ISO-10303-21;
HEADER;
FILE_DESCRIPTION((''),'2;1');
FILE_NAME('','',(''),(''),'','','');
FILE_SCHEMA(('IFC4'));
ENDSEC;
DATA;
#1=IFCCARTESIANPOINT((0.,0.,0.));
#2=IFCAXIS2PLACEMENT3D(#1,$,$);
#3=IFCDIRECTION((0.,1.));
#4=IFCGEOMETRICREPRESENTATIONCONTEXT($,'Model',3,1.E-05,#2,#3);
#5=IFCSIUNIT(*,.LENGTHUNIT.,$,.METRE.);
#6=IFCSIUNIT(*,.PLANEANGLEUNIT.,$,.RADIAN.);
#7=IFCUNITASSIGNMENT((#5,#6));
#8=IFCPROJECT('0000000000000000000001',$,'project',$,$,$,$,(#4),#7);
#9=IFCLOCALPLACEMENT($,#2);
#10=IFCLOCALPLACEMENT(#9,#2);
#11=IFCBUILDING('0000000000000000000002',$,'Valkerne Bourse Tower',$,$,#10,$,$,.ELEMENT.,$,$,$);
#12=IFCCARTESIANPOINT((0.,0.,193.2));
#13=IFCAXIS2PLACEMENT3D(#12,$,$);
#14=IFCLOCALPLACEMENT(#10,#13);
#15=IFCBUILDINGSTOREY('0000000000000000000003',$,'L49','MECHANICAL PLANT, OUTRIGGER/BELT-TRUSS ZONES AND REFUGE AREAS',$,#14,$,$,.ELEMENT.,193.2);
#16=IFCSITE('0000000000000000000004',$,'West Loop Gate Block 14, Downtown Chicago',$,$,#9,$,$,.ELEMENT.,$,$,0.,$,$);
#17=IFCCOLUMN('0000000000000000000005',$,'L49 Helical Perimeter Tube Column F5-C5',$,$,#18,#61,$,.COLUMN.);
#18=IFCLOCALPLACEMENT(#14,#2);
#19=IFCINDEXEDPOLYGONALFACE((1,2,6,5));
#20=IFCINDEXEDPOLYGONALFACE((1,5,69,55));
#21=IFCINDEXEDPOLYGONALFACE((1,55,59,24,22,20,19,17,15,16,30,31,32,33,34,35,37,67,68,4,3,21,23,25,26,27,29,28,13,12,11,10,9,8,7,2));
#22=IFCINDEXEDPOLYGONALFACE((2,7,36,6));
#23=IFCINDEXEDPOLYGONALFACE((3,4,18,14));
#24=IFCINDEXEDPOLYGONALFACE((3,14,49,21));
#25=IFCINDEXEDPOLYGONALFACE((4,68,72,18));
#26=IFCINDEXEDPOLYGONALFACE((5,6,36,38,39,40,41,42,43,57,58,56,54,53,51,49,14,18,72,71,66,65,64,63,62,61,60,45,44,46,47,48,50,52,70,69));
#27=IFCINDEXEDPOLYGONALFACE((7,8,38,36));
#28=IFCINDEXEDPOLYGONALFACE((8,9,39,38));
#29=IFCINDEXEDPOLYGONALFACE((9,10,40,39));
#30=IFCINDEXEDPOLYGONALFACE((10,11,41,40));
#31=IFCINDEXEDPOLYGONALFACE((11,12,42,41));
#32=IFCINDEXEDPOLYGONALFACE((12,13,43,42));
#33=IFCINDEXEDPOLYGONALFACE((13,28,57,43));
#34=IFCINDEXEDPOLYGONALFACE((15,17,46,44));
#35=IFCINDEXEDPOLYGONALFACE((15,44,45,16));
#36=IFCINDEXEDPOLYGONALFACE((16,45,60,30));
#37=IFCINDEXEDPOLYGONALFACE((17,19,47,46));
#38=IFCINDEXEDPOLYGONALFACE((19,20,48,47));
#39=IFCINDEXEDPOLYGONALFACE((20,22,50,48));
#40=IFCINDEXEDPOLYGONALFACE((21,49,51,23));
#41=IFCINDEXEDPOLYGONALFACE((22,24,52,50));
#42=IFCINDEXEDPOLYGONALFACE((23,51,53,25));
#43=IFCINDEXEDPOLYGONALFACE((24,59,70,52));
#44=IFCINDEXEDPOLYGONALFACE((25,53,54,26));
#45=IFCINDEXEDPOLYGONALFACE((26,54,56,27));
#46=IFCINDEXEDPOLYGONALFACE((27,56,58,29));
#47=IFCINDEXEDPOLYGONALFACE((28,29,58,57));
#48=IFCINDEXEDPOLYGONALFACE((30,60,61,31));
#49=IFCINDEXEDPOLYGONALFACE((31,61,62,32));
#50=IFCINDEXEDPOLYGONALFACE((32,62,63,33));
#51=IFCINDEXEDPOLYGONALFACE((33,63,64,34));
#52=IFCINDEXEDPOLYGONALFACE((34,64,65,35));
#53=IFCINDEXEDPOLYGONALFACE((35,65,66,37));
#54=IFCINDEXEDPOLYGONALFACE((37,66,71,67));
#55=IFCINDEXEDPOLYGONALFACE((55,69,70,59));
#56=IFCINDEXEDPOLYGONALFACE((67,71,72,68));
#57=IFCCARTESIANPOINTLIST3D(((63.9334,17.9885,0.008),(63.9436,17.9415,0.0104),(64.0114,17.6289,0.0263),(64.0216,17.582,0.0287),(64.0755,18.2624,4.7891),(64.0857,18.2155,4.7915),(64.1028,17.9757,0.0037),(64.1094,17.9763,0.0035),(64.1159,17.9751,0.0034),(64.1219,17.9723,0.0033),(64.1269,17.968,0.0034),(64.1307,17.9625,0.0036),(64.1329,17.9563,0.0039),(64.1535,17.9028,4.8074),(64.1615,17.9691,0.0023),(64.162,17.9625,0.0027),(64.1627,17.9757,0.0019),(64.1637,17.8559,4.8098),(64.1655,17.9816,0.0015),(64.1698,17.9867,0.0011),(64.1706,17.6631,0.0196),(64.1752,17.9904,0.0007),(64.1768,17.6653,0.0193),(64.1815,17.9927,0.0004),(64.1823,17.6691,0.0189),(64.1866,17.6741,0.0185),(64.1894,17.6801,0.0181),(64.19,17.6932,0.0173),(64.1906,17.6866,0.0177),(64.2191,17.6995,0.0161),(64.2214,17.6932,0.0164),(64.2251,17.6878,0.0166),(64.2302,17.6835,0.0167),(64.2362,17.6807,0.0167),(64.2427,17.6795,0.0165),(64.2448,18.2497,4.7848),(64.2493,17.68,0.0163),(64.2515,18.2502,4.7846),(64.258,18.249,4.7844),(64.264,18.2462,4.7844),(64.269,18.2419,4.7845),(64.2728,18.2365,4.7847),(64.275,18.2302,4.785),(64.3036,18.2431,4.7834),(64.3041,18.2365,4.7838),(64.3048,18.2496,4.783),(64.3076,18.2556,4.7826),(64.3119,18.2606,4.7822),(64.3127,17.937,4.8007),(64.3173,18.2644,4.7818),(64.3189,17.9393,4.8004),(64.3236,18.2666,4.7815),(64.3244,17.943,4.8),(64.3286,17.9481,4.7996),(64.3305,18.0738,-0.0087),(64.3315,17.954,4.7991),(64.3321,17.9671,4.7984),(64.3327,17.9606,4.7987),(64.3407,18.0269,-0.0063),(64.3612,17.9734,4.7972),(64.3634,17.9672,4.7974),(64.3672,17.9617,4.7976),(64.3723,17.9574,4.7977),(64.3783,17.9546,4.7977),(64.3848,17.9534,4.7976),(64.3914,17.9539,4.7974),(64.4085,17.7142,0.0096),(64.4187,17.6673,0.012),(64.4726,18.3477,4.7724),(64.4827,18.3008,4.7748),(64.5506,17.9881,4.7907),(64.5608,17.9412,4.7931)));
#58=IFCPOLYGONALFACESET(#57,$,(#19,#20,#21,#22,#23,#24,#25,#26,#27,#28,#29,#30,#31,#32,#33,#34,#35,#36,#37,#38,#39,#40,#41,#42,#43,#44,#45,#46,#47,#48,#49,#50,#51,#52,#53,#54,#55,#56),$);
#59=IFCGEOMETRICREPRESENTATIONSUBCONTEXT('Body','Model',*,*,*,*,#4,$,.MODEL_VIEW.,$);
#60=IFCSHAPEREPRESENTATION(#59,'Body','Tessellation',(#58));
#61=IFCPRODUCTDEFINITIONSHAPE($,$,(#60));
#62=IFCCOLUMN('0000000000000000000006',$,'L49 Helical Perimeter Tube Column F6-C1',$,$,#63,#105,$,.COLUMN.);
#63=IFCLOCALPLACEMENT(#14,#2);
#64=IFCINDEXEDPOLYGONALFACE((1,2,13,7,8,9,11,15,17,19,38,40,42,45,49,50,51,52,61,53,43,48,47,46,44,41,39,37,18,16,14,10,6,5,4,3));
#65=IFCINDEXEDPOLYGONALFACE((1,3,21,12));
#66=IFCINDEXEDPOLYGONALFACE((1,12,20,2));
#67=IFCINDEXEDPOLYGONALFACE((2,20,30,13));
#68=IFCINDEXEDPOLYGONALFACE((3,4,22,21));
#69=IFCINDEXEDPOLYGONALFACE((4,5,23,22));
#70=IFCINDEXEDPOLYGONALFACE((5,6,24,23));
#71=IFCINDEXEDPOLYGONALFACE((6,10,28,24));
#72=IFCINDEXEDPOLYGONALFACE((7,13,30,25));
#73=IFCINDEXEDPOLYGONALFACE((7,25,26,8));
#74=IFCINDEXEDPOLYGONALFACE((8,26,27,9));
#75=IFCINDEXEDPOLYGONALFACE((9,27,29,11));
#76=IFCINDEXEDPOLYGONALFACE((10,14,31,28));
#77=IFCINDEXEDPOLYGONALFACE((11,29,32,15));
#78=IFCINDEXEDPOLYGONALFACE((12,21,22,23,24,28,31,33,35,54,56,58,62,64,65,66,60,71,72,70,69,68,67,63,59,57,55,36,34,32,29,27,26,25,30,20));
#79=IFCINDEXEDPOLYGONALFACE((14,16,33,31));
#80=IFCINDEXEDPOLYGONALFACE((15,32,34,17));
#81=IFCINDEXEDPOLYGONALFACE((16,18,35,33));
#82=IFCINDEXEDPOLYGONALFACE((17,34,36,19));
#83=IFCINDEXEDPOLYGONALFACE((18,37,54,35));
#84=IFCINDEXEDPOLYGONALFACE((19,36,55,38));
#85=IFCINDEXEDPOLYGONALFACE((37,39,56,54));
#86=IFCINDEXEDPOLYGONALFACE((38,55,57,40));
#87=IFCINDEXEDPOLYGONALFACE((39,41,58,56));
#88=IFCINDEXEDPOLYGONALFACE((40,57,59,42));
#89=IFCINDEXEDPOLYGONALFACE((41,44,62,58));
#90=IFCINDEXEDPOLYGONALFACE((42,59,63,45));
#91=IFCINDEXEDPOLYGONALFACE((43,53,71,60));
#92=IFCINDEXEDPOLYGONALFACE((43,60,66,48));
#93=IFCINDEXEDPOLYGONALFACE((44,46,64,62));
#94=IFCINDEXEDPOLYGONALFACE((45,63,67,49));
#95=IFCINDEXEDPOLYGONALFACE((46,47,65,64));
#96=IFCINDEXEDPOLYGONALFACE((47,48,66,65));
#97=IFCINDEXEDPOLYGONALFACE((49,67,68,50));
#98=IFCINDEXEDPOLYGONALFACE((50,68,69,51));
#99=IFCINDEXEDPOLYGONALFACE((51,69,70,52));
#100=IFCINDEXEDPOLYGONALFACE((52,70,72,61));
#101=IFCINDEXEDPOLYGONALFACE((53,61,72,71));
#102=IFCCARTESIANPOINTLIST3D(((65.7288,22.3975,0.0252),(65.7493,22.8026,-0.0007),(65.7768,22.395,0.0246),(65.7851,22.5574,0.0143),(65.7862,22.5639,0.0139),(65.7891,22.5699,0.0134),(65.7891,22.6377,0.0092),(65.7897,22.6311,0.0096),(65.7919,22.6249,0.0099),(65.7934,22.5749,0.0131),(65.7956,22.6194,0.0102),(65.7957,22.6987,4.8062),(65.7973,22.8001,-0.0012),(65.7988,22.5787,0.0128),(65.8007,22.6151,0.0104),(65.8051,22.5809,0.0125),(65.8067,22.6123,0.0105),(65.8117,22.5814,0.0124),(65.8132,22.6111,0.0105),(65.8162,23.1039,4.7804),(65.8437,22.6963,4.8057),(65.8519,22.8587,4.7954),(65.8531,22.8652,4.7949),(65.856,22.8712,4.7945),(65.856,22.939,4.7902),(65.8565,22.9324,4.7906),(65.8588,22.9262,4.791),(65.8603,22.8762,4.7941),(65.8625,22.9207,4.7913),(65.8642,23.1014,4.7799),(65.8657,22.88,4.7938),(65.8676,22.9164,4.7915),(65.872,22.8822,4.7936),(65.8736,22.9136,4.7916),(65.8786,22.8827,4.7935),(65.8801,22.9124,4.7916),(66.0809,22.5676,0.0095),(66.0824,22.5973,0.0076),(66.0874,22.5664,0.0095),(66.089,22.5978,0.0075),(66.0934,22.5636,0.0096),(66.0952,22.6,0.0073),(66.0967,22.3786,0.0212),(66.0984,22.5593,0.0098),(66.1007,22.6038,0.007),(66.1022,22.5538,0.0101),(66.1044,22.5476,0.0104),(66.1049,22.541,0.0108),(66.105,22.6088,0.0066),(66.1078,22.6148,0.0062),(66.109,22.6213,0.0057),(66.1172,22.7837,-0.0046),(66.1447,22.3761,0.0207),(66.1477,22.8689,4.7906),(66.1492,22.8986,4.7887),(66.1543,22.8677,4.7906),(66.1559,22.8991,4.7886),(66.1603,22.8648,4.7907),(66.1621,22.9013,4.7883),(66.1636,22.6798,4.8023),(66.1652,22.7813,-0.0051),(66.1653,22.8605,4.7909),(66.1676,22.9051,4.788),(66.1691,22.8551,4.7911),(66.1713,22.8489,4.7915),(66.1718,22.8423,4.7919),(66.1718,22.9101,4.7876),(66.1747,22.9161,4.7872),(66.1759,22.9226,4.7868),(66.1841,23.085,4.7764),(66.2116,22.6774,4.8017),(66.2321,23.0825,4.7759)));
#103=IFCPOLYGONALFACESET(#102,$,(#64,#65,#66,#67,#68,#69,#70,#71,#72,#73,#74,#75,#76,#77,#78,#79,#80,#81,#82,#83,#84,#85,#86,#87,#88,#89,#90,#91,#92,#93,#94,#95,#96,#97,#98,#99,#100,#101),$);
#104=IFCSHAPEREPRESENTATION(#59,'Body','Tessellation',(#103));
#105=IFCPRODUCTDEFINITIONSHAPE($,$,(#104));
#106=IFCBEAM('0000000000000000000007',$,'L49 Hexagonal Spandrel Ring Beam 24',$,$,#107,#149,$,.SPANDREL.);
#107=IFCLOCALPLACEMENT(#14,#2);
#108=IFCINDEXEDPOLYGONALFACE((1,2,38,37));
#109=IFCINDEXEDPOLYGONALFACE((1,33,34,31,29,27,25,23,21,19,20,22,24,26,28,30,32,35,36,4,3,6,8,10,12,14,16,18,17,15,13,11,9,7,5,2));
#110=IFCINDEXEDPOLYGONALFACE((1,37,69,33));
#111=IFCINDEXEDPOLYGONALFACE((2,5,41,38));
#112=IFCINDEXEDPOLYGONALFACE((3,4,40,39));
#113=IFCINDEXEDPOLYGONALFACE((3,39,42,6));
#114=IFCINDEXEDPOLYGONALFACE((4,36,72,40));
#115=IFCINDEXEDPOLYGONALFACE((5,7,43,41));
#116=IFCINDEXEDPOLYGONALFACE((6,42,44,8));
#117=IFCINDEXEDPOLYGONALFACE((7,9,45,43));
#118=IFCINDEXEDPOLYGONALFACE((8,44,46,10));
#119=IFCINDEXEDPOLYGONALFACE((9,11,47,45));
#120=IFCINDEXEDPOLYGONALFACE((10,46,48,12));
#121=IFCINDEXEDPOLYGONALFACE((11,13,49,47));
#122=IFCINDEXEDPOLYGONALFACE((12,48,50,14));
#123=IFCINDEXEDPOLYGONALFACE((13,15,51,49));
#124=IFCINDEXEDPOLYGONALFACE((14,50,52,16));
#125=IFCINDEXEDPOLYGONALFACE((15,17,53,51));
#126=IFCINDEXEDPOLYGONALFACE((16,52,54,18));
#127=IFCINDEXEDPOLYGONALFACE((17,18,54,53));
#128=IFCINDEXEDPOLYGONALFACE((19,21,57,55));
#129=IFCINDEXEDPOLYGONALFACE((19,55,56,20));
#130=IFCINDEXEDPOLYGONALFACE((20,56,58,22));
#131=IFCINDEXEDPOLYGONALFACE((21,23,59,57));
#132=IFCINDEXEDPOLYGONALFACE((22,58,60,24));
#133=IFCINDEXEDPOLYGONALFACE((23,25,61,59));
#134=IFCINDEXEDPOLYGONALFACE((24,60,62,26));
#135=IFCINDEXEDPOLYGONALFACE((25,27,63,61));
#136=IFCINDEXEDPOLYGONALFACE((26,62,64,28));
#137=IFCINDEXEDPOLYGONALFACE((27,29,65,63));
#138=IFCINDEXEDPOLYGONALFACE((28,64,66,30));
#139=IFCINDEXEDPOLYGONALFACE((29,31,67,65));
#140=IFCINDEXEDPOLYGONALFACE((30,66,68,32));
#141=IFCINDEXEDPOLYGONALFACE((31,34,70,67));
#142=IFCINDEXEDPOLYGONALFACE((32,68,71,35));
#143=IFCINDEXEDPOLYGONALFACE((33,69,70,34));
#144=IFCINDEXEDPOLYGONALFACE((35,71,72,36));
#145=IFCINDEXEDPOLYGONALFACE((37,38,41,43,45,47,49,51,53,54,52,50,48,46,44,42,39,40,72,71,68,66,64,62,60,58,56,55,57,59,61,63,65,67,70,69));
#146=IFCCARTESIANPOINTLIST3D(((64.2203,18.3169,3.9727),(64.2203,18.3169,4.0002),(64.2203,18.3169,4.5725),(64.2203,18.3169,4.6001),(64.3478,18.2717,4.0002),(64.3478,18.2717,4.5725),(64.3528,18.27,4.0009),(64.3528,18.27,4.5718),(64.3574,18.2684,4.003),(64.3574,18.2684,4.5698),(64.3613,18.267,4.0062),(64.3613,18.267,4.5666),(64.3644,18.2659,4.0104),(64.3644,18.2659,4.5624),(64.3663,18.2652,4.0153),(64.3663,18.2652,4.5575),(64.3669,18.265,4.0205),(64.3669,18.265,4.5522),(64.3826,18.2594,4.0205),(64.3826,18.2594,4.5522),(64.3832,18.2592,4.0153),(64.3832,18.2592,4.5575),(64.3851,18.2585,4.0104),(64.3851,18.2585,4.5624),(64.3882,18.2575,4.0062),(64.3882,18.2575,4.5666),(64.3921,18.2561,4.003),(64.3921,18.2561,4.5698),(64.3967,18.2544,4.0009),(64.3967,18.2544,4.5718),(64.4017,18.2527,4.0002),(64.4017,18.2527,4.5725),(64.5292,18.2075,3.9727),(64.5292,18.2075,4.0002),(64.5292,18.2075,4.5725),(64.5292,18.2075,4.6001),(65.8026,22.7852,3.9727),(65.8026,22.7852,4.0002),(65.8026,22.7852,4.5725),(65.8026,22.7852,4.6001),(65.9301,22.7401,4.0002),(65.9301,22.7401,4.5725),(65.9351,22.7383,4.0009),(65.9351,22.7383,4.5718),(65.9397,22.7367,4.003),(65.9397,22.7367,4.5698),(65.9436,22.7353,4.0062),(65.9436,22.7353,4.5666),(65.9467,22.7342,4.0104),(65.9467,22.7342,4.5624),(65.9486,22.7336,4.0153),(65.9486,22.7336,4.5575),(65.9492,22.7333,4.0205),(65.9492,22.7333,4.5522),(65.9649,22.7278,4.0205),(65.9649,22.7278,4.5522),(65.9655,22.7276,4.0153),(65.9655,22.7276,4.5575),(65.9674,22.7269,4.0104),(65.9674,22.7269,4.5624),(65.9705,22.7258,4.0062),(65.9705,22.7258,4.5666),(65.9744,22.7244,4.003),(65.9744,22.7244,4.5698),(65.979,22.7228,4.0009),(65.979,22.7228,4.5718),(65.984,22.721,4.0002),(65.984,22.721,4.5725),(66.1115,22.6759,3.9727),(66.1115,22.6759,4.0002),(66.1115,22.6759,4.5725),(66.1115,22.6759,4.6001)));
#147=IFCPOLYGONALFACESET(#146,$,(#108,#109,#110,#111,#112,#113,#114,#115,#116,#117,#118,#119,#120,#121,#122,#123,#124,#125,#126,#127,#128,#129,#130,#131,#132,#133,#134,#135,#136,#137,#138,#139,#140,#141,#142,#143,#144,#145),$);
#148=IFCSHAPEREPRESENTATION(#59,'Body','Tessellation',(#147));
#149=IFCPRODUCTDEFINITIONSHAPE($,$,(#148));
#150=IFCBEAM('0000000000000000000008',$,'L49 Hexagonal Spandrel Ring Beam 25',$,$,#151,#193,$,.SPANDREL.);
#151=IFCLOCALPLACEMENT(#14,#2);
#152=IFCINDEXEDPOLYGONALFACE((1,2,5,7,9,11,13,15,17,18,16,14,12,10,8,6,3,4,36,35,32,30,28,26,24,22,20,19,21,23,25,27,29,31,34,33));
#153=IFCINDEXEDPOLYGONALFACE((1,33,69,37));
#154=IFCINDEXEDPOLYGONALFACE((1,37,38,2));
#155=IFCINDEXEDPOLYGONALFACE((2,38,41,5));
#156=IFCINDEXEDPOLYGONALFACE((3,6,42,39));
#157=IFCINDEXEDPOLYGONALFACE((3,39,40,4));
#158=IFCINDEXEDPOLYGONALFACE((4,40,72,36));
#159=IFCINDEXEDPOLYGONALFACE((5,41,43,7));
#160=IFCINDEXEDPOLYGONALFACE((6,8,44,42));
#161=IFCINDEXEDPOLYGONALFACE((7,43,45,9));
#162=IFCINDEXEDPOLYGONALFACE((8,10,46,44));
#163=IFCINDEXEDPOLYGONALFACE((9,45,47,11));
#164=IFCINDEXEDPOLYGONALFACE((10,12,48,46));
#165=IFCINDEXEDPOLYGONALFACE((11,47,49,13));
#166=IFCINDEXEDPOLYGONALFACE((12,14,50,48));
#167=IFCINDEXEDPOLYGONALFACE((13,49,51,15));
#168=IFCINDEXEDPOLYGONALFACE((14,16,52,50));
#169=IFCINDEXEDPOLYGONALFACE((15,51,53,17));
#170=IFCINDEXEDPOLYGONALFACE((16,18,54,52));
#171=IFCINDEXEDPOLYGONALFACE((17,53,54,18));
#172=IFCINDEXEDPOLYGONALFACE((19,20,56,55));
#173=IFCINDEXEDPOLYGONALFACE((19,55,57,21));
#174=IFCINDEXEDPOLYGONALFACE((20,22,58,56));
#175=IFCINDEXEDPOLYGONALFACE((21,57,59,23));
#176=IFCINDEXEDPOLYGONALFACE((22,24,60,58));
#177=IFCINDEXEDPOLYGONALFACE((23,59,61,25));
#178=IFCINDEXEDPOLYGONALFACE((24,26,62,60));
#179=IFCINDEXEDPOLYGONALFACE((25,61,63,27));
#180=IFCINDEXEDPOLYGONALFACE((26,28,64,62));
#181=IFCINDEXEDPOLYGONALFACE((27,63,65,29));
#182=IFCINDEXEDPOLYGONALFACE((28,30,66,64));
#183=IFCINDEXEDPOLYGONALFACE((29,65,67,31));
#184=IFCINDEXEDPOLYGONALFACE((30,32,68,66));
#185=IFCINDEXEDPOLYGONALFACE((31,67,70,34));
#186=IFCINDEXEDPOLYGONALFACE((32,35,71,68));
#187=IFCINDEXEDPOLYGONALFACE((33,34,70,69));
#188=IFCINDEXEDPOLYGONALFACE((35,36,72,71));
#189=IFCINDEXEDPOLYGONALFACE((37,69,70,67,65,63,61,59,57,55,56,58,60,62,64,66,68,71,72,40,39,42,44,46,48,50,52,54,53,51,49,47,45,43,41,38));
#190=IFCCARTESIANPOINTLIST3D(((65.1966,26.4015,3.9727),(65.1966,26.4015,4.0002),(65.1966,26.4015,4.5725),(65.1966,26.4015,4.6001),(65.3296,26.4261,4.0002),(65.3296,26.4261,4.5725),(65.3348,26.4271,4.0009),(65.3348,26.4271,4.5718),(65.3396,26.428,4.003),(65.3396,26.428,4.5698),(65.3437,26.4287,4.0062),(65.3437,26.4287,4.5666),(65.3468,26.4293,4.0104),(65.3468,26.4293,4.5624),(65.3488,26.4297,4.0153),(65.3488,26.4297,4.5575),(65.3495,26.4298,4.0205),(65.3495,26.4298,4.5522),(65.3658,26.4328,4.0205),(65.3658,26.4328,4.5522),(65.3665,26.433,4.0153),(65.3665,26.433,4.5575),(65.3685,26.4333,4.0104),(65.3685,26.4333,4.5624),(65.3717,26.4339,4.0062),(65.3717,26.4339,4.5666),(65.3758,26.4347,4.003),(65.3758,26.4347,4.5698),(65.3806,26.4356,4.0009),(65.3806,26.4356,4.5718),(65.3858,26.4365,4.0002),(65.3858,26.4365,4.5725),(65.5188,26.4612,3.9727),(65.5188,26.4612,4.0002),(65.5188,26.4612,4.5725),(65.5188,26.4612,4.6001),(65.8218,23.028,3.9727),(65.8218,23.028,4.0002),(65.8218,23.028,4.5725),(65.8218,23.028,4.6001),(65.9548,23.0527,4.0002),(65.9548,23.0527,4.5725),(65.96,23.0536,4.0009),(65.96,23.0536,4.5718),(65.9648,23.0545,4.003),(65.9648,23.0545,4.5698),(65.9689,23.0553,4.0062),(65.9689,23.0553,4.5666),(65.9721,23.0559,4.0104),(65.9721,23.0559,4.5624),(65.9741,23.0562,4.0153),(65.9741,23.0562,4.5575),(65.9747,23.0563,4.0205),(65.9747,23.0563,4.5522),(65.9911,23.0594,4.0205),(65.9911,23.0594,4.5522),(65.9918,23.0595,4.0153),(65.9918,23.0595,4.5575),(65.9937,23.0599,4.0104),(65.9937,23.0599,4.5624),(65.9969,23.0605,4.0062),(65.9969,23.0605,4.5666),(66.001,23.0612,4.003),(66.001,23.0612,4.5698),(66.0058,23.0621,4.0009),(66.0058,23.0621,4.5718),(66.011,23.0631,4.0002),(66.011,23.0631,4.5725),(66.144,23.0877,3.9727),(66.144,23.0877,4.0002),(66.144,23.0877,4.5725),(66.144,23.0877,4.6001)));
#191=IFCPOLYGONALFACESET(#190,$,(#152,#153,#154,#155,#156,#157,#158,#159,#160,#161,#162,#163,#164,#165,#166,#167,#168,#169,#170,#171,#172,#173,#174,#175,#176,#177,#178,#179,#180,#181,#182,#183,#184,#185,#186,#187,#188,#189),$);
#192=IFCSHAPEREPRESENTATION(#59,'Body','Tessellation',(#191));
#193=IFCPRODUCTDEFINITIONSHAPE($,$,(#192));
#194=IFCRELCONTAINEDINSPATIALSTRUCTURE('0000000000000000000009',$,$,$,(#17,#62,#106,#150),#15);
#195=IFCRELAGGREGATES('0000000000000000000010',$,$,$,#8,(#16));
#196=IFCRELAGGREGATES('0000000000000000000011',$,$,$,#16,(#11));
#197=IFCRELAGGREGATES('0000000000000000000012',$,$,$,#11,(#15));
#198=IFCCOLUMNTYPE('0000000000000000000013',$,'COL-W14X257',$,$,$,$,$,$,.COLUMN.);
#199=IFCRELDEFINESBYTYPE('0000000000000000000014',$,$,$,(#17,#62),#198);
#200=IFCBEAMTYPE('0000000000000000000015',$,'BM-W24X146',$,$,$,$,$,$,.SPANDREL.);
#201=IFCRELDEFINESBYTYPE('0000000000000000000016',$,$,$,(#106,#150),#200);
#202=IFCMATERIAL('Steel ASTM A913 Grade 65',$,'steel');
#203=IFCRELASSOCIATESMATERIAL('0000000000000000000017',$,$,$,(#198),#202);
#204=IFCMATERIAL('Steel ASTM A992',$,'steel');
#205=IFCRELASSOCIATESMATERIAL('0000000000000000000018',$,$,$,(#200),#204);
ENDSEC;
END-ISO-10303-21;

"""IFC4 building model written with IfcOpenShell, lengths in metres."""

from ifc_helpers import new_model, si_unit, direction, frame, origin, origin_2d, place, context, subcontext, project, spatial, i_section, extrude, material, material_profile, profile_set, type_object, element, save


model = new_model("IFC4")

# Units and contexts
model_context = context("Model", 3, precision=1e-05, world=origin(), true_north=direction((0.0, 1.0)))
body_context = subcontext(model_context, "Body", "Model", "MODEL_VIEW")
ifc_project = project(units=[si_unit("LENGTHUNIT", "METRE"), si_unit("PLANEANGLEUNIT", "RADIAN")], contexts=[model_context])

# Site, building, storey
site_placement = place(None, origin())
site = spatial("IfcSite", under=ifc_project, at=site_placement, Name="West Loop Gate Block 14, Downtown Chicago", CompositionType="ELEMENT", RefElevation=0.0)
building_placement = place(site_placement, origin())
building = spatial("IfcBuilding", under=site, at=building_placement, Name="Valkerne Bourse Tower", CompositionType="ELEMENT")
storey_placement = place(building_placement, frame((0.0, 0.0, 193.2)))
storey = spatial("IfcBuildingStorey", under=building, at=storey_placement, Name="L49", Description="MECHANICAL PLANT, OUTRIGGER/BELT-TRUSS ZONES AND REFUGE AREAS", CompositionType="ELEMENT", Elevation=193.2)

# Columns
ifc_material_1 = material(Name="Steel ASTM A913 Grade 65", Category="steel")
ifc_material_profile_1 = material_profile(ifc_material_1, i_section(OverallWidth=0.4065, OverallDepth=0.4165, WebThickness=0.0298, FlangeThickness=0.0481, FilletRadius=0.0254, at=origin_2d()), Name="W14X257")
ifc_profile_set_1 = profile_set([ifc_material_profile_1], Name="Steel ASTM A913 Grade 65")
column_type = type_object("IfcColumnType", Name="COL-W14X257", PredefinedType="COLUMN", material=ifc_profile_set_1)
for number, where, z_axis, x_axis, name in (
    (1, (64.176, 17.8279, 0.01), (0.029658, 0.057176, 0.997924), (-0.976867, -0.209868, 0.041056), "L49 Helical Perimeter Tube Column F5-C5"),
    (2, (65.947, 22.5894, 0.01), (0.013963, 0.062883, 0.997923), (-0.05048, -0.996704, 0.063512), "L49 Helical Perimeter Tube Column F6-C1"),
):
    element("IfcColumn", number, at=place(storey_placement, frame(where, z_axis=z_axis, x_axis=x_axis)), inside=storey, type_object=column_type, Name=name, PredefinedType="COLUMN", context=body_context, shape_type="SweptSolid", body=[
        extrude(i_section(OverallWidth=0.4065, OverallDepth=0.4165, WebThickness=0.0298, FlangeThickness=0.0481, FilletRadius=0.0254, at=origin_2d()), origin(), (0.0, 0.0, 1.0), 4.791),
    ])

# Beams
ifc_material_2 = material(Name="Steel ASTM A992", Category="steel")
ifc_material_profile_2 = material_profile(ifc_material_2, i_section(OverallWidth=0.3276, OverallDepth=0.6274, WebThickness=0.0166, FlangeThickness=0.0276, FilletRadius=0.0203, at=origin_2d()), Name="W24X146")
ifc_profile_set_2 = profile_set([ifc_material_profile_2], Name="Steel ASTM A992")
beam_type_1 = type_object("IfcBeamType", Name="BM-W24X146", PredefinedType="SPANDREL", material=ifc_profile_set_2)
beam_1_placement = place(storey_placement, frame((64.3748, 18.2622, 4.2864), z_axis=(0.333803, 0.942643, 0.0), x_axis=(-0.942643, 0.333803, 0.0)))
element("IfcBeam", 3, at=beam_1_placement, inside=storey, type_object=beam_type_1, Name="L49 Hexagonal Spandrel Ring Beam 24", PredefinedType="SPANDREL", context=body_context, shape_type="SweptSolid", body=[
    extrude(i_section(OverallWidth=0.3276, OverallDepth=0.6274, WebThickness=0.0166, FlangeThickness=0.0276, FilletRadius=0.0203, at=origin_2d()), origin(), (0.0, 0.0, 1.0), 4.7402),
])
beam_2_placement = place(storey_placement, frame((65.9829, 23.0579, 4.2864), z_axis=(-0.182234, 0.983255, 0.0), x_axis=(-0.983255, -0.182234, 0.0)))
element("IfcBeam", 4, at=beam_2_placement, inside=storey, type_object=beam_type_1, Name="L49 Hexagonal Spandrel Ring Beam 25", PredefinedType="SPANDREL", context=body_context, shape_type="SweptSolid", body=[
    extrude(i_section(OverallWidth=0.3276, OverallDepth=0.6274, WebThickness=0.0166, FlangeThickness=0.0276, FilletRadius=0.0203, at=origin_2d()), origin(), (0.0, 0.0, 1.0), 3.4309),
])

save(model, "model.ifc")
